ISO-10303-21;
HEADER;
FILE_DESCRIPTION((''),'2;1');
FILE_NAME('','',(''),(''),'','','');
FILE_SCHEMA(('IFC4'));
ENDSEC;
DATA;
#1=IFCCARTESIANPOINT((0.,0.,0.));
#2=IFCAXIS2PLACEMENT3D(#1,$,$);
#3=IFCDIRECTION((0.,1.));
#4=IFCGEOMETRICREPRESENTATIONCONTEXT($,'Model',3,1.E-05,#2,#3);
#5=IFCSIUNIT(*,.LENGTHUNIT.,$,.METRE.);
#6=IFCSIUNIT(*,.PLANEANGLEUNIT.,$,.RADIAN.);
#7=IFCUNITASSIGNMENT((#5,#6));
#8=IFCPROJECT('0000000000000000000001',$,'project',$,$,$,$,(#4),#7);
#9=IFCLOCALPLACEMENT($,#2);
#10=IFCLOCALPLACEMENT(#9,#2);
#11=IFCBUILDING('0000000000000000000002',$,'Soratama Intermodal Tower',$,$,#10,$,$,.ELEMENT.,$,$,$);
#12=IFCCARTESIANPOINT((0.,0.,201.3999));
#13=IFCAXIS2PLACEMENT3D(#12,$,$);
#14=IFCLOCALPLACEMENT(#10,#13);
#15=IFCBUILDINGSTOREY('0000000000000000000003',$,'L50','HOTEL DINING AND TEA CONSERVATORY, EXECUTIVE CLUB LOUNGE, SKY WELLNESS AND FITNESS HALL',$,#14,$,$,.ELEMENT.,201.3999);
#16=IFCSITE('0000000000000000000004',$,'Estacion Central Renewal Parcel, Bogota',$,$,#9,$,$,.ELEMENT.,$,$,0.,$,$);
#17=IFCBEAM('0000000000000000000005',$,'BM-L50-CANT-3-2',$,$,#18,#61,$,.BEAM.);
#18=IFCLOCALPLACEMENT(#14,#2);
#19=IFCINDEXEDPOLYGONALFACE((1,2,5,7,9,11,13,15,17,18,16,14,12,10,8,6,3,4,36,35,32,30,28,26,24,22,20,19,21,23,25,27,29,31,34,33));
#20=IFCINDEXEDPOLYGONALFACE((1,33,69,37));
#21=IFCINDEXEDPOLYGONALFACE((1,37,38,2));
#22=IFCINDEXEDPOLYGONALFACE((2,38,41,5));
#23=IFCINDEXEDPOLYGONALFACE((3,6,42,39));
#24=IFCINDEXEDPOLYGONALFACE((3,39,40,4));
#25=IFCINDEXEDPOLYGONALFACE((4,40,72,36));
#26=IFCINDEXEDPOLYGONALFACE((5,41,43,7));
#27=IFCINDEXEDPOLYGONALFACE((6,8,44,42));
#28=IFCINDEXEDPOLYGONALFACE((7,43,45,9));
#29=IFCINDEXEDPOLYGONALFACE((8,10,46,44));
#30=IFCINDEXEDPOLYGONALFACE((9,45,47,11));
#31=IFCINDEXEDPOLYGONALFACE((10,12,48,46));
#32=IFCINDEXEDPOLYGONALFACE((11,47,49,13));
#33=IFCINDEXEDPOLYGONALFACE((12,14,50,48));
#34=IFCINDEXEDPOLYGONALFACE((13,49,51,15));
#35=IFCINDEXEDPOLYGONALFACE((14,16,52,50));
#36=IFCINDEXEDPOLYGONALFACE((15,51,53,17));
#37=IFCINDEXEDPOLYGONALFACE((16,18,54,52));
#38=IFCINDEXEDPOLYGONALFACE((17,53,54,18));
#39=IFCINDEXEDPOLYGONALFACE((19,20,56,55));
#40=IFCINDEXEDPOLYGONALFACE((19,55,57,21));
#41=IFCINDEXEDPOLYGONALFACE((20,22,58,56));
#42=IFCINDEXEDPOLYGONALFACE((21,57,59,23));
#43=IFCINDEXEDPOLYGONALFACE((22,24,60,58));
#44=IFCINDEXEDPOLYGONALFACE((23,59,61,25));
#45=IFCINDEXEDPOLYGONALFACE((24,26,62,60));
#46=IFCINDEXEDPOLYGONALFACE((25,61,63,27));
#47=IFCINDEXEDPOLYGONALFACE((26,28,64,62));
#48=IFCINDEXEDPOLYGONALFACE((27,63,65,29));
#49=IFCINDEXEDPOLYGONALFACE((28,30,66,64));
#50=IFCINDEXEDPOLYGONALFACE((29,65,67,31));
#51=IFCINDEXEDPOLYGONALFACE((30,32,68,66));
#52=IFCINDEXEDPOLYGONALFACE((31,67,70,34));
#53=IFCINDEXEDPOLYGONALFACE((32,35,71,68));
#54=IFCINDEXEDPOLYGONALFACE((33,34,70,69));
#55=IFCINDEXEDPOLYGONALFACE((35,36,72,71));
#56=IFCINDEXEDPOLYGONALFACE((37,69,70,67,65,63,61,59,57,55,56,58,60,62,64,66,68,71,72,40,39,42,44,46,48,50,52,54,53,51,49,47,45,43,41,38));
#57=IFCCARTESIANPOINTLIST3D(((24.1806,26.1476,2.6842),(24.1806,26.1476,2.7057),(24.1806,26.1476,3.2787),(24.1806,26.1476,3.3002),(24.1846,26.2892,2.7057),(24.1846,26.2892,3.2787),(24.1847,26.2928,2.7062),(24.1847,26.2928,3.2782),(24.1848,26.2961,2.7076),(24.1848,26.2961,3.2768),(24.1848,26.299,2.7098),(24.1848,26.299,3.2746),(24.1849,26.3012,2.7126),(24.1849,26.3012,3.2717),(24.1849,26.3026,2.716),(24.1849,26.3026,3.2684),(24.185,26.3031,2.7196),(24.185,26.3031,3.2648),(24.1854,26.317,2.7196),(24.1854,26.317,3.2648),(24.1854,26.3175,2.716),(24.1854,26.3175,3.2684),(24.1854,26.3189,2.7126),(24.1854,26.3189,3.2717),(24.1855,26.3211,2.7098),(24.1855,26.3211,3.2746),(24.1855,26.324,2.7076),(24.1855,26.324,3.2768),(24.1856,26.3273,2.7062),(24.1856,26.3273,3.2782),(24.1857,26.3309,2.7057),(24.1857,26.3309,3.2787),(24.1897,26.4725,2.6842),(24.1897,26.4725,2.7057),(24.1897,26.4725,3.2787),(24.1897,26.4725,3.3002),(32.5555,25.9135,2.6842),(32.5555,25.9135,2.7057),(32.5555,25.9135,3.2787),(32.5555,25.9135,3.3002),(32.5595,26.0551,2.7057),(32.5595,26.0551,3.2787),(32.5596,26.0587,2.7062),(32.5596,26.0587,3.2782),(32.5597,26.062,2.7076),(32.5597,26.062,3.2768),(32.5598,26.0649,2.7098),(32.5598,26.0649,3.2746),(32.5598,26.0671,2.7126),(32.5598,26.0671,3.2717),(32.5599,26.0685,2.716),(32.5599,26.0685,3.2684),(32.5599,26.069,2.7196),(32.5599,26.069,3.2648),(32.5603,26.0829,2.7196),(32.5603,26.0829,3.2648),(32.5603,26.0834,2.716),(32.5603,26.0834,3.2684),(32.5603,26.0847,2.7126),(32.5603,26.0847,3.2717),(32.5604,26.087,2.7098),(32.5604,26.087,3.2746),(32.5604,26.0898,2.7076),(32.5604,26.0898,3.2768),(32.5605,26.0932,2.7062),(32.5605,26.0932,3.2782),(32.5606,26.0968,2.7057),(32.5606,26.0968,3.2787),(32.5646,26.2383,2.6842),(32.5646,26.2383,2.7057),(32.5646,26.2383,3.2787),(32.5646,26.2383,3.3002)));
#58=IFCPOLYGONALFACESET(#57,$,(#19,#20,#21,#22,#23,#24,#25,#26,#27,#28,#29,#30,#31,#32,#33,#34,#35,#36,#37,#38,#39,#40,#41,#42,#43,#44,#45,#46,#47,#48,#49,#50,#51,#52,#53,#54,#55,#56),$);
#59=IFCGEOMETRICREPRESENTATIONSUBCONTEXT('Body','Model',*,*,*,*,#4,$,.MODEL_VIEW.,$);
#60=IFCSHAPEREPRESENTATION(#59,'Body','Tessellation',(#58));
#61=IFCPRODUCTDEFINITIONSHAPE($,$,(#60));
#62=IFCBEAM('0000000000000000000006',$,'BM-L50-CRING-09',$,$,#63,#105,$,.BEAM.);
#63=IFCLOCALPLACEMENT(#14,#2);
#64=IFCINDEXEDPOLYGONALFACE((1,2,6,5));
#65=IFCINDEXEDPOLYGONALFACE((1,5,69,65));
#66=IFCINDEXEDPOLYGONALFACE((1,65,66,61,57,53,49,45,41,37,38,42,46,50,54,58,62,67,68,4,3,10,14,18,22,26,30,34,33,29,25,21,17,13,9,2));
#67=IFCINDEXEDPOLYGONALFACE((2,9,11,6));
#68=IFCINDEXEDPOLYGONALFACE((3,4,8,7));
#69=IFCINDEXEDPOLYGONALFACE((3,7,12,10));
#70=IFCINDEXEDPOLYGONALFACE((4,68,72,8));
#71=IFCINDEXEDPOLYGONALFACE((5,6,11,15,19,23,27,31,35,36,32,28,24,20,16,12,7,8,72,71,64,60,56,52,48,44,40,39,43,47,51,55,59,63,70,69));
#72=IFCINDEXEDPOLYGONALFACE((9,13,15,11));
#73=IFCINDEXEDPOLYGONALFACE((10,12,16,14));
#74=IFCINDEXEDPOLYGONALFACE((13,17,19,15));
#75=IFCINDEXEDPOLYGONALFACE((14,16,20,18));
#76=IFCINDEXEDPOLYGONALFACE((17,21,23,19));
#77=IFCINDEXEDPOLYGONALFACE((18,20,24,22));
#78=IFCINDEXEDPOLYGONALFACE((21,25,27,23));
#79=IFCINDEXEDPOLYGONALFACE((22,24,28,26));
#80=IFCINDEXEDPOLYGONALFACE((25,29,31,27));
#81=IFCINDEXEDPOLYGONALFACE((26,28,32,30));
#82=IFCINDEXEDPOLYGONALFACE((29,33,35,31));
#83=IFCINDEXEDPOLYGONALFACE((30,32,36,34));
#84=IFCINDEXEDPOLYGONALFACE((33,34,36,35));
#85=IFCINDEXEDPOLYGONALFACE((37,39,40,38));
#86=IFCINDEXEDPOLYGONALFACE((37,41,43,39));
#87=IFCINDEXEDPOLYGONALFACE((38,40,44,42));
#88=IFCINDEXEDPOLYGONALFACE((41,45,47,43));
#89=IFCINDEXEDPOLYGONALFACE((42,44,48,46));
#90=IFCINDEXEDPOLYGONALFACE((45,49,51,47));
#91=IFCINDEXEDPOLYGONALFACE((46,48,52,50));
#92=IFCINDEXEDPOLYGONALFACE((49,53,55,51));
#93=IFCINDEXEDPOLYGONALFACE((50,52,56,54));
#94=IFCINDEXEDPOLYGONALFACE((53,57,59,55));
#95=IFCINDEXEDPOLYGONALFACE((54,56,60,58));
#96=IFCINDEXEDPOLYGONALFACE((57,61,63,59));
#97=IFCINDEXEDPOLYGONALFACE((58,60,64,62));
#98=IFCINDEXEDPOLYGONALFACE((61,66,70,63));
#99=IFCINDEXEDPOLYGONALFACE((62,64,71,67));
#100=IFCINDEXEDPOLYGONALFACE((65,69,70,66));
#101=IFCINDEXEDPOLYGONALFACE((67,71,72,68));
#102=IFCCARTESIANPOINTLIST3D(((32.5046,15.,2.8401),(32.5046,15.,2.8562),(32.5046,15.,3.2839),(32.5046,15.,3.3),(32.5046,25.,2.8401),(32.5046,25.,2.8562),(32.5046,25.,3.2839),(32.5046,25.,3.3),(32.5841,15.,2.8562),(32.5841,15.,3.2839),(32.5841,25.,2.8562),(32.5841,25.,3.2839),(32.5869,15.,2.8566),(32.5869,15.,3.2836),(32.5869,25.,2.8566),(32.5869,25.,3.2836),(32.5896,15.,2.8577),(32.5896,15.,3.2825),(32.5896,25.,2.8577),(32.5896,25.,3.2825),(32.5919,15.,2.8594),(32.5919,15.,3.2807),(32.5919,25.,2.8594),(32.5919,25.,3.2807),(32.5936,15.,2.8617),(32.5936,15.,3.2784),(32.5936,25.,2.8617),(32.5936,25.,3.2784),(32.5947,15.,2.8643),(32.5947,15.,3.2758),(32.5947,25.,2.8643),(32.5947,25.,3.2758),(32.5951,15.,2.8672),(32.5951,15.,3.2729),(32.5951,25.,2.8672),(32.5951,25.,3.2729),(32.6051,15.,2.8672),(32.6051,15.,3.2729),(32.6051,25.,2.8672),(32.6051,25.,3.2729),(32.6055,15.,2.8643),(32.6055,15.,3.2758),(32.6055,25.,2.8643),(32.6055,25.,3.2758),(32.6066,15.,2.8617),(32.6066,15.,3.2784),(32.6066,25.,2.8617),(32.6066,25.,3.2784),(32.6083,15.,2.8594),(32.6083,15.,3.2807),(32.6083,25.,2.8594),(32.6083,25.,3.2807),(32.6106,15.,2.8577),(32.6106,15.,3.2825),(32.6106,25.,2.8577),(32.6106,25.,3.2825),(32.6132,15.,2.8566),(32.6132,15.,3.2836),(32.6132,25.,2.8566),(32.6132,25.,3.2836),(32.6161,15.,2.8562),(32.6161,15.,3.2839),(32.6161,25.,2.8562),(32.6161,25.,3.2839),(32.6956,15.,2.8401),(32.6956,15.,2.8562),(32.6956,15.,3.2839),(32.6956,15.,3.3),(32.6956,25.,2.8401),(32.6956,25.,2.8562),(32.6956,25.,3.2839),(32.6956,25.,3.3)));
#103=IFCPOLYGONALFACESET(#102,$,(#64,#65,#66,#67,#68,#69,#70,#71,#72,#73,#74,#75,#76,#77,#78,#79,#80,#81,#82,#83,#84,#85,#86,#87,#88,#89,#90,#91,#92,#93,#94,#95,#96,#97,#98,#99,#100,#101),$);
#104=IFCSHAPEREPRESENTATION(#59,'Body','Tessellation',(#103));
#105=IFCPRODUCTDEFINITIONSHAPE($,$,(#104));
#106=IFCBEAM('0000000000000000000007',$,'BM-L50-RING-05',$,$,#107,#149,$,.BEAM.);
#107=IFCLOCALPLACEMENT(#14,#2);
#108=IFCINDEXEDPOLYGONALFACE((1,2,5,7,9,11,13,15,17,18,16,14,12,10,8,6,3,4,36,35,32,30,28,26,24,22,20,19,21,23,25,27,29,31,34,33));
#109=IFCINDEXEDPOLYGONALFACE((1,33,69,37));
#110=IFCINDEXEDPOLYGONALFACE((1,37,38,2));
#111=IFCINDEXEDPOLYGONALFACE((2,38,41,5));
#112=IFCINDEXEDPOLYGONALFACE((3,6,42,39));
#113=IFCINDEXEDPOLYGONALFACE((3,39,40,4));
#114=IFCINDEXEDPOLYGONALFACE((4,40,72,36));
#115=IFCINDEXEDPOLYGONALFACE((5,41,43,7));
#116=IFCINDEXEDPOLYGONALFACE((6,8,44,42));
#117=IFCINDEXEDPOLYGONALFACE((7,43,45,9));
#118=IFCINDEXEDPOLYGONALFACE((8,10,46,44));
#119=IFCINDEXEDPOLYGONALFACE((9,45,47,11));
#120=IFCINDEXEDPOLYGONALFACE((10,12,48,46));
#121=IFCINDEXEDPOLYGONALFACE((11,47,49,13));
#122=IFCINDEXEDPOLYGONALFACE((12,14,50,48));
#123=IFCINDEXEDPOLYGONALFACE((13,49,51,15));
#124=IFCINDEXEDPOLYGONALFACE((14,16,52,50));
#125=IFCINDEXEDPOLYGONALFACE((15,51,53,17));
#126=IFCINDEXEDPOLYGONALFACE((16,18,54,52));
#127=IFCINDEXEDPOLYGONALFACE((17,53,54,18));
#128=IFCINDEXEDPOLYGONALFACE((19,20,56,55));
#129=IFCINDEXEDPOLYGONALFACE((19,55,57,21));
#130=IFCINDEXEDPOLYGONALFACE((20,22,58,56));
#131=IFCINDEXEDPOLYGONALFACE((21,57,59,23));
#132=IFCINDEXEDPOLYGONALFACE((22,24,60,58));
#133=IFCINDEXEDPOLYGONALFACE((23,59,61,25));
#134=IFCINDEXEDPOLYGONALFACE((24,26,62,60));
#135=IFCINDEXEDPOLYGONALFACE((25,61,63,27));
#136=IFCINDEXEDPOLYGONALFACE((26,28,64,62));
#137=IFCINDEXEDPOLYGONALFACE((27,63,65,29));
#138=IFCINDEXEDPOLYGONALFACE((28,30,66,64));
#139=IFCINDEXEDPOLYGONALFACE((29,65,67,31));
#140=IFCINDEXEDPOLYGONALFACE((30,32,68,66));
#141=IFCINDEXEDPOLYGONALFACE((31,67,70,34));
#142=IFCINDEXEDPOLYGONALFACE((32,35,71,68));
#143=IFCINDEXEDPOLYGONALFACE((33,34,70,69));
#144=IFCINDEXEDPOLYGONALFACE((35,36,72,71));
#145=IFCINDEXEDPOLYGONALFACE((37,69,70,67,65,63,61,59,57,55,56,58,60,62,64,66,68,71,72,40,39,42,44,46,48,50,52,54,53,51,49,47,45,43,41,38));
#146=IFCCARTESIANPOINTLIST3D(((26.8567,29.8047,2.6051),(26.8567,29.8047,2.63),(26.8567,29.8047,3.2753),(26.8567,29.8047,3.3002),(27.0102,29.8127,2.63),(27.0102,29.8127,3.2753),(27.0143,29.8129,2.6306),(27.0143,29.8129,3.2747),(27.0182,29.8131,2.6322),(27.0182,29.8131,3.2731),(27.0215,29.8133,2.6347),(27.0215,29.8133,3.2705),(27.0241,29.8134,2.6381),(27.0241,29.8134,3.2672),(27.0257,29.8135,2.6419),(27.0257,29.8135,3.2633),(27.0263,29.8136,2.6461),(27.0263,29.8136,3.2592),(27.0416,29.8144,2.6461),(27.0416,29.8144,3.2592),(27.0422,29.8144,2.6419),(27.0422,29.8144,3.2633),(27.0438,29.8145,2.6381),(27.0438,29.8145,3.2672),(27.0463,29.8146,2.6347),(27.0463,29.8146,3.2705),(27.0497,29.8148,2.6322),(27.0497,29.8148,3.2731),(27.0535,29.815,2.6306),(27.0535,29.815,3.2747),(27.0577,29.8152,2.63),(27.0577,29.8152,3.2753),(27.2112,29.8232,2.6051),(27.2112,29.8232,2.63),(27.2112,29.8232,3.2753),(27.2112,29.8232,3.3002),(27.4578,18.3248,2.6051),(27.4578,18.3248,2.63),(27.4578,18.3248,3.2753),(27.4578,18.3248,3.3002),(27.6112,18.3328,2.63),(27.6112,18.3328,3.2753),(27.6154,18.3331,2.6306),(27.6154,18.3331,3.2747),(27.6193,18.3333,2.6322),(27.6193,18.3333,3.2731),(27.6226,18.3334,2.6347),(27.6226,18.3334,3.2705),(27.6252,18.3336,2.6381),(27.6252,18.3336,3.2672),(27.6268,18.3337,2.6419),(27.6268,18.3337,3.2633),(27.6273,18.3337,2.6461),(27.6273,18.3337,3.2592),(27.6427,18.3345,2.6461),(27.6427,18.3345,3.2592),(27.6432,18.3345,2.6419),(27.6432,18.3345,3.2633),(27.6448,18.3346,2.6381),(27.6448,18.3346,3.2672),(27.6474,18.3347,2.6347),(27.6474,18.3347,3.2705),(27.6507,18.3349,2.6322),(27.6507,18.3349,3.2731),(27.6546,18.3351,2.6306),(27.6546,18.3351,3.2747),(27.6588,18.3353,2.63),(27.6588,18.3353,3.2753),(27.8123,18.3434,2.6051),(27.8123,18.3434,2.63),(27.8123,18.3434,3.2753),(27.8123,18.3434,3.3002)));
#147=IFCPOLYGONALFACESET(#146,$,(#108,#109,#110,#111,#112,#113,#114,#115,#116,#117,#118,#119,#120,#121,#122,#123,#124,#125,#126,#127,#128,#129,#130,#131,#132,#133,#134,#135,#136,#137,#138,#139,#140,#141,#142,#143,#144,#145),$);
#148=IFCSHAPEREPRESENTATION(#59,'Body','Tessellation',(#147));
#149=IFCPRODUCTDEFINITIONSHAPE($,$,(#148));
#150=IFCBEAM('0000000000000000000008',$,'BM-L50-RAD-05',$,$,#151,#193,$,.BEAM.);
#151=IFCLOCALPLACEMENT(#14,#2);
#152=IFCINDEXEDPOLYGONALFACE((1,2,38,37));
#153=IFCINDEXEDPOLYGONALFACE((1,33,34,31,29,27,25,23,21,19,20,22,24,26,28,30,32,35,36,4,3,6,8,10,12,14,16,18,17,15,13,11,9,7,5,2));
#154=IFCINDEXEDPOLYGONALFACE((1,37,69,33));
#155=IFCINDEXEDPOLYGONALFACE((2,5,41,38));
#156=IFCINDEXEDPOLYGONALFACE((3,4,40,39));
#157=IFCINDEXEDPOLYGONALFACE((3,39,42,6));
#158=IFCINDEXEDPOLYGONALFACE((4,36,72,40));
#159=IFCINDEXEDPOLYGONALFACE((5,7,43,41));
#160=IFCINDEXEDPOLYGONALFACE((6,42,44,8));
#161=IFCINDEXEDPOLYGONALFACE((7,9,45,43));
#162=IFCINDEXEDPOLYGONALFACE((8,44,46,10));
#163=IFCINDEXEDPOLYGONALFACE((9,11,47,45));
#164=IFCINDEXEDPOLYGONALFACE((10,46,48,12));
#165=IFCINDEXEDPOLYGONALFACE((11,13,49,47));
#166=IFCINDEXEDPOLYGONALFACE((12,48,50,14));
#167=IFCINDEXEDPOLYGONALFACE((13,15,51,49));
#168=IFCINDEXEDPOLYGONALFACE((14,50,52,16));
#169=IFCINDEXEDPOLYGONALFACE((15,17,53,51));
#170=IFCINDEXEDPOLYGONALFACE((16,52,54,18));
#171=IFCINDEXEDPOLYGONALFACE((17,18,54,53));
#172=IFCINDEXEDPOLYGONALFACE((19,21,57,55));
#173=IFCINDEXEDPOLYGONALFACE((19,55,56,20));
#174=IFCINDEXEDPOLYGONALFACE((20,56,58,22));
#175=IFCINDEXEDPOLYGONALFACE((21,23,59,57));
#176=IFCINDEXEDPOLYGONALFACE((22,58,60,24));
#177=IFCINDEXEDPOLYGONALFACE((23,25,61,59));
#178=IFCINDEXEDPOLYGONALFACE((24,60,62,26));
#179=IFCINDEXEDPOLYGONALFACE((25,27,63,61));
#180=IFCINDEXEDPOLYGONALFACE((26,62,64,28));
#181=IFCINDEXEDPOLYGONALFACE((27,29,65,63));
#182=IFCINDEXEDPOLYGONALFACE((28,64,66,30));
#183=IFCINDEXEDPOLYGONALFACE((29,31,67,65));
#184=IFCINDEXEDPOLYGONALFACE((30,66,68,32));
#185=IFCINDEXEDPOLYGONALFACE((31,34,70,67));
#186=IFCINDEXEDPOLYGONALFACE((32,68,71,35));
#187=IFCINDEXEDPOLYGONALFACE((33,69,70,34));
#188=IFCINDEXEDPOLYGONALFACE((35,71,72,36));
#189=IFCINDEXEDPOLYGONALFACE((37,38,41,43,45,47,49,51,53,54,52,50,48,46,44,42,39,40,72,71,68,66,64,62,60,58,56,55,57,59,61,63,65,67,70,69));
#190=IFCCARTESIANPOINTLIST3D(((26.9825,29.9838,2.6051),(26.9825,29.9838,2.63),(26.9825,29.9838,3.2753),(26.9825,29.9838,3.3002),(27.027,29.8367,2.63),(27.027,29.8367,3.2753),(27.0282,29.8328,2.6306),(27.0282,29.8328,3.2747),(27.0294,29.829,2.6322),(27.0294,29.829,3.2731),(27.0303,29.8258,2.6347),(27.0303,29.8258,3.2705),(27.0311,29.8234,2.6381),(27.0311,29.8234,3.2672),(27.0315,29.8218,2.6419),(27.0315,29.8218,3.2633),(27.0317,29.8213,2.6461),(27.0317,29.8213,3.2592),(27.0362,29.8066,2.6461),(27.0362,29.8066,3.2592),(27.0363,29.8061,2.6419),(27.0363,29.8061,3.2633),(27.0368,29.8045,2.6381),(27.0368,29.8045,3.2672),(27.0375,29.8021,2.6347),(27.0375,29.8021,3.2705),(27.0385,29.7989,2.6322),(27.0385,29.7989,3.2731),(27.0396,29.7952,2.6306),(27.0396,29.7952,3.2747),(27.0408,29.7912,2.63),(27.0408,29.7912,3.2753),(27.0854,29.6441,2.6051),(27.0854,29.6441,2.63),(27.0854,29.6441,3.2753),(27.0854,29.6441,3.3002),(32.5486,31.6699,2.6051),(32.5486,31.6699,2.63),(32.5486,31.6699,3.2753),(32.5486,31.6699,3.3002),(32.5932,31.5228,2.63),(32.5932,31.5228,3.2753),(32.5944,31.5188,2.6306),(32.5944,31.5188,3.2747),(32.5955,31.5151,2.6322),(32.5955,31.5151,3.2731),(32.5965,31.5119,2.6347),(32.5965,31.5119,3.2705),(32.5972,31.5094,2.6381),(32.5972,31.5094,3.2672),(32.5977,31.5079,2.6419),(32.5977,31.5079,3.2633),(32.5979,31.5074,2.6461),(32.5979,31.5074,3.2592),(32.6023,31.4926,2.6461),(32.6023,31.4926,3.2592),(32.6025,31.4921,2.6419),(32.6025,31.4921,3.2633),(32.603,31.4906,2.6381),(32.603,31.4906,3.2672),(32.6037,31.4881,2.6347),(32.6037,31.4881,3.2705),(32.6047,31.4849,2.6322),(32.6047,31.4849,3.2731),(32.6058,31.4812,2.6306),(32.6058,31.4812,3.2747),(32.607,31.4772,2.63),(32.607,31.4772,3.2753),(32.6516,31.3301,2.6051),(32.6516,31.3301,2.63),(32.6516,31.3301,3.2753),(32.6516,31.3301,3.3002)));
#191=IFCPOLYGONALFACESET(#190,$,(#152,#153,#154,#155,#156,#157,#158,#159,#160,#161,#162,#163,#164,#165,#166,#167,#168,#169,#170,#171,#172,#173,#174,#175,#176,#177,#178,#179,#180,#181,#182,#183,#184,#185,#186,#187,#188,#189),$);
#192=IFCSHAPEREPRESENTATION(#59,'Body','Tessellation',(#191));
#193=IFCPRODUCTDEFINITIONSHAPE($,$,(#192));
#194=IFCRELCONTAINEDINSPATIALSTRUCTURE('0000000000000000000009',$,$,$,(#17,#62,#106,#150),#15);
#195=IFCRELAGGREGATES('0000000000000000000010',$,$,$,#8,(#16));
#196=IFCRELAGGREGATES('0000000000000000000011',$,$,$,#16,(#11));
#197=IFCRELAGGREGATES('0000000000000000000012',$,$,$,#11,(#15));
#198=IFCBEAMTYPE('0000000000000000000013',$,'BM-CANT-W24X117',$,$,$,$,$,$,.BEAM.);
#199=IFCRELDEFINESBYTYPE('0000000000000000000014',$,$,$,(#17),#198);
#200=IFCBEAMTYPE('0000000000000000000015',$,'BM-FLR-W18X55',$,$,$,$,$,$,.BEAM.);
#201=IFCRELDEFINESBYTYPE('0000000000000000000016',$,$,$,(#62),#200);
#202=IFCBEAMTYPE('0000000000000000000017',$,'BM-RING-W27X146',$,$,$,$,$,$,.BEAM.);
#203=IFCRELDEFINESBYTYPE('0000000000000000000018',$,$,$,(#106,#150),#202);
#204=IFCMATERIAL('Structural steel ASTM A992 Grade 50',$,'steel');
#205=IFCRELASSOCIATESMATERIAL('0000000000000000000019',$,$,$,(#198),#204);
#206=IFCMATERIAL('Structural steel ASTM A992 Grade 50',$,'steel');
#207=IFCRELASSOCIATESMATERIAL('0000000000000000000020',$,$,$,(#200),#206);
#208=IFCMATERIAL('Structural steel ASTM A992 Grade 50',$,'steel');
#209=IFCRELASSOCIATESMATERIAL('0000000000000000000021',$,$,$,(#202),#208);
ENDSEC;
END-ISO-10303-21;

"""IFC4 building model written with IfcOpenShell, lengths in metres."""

from ifc_helpers import new_model, si_unit, direction, frame, origin, origin_2d, place, context, subcontext, project, spatial, i_section, extrude, material, material_profile, profile_set, type_object, element, save


model = new_model("IFC4")

# Units and contexts
model_context = context("Model", 3, precision=1e-05, world=origin(), true_north=direction((0.0, 1.0)))
body_context = subcontext(model_context, "Body", "Model", "MODEL_VIEW")
ifc_project = project(units=[si_unit("LENGTHUNIT", "METRE"), si_unit("PLANEANGLEUNIT", "RADIAN")], contexts=[model_context])

# Site, building, storey
site_placement = place(None, origin())
site = spatial("IfcSite", under=ifc_project, at=site_placement, Name="Estacion Central Renewal Parcel, Bogota", CompositionType="ELEMENT", RefElevation=0.0)
building_placement = place(site_placement, origin())
building = spatial("IfcBuilding", under=site, at=building_placement, Name="Soratama Intermodal Tower", CompositionType="ELEMENT")
storey_placement = place(building_placement, frame((0.0, 0.0, 201.3999)))
storey = spatial("IfcBuildingStorey", under=building, at=storey_placement, Name="L50", Description="HOTEL DINING AND TEA CONSERVATORY, EXECUTIVE CLUB LOUNGE, SKY WELLNESS AND FITNESS HALL", CompositionType="ELEMENT", Elevation=201.3999)

# Beams
ifc_material_1 = material(Name="Structural steel ASTM A992 Grade 50", Category="steel")
ifc_material_profile_1 = material_profile(ifc_material_1, i_section(OverallWidth=0.325, OverallDepth=0.616, WebThickness=0.0139, FlangeThickness=0.0215, FilletRadius=0.0139, at=origin_2d()), Name="W24X117")
ifc_profile_set_1 = profile_set([ifc_material_profile_1], Name="Structural steel ASTM A992 Grade 50")
beam_type_1 = type_object("IfcBeamType", Name="BM-CANT-W24X117", PredefinedType="BEAM", material=ifc_profile_set_1)
beam_1_placement = place(storey_placement, frame((32.5601, 26.0759, 2.9922), z_axis=(-0.999609, 0.027945, 0.0), x_axis=(-0.027945, -0.999609, 0.0)))
element("IfcBeam", 1, at=beam_1_placement, inside=storey, type_object=beam_type_1, Name="BM-L50-CANT-3-2", PredefinedType="BEAM", context=body_context, shape_type="SweptSolid", body=[
    extrude(i_section(OverallWidth=0.325, OverallDepth=0.616, WebThickness=0.0139, FlangeThickness=0.0215, FilletRadius=0.0139, at=origin_2d()), origin(), (0.0, 0.0, 1.0), 8.3782),
])
ifc_material_2 = material(Name="Structural steel ASTM A992 Grade 50", Category="steel")
ifc_material_profile_2 = material_profile(ifc_material_2, i_section(OverallWidth=0.1909, OverallDepth=0.46, WebThickness=0.01, FlangeThickness=0.0161, FilletRadius=0.011, at=origin_2d()), Name="W18X55")
ifc_profile_set_2 = profile_set([ifc_material_profile_2], Name="Structural steel ASTM A992 Grade 50")
beam_type_2 = type_object("IfcBeamType", Name="BM-FLR-W18X55", PredefinedType="BEAM", material=ifc_profile_set_2)
beam_2_placement = place(storey_placement, frame((32.6001, 25.0, 3.0701), z_axis=(0.0, -1.0, 0.0), x_axis=(1.0, 0.0, 0.0)))
element("IfcBeam", 2, at=beam_2_placement, inside=storey, type_object=beam_type_2, Name="BM-L50-CRING-09", PredefinedType="BEAM", context=body_context, shape_type="SweptSolid", body=[
    extrude(i_section(OverallWidth=0.1909, OverallDepth=0.46, WebThickness=0.01, FlangeThickness=0.0161, FilletRadius=0.011, at=origin_2d()), origin(), (0.0, 0.0, 1.0), 10.0),
])
ifc_material_3 = material(Name="Structural steel ASTM A992 Grade 50", Category="steel")
ifc_material_profile_3 = material_profile(ifc_material_3, i_section(OverallWidth=0.355, OverallDepth=0.6951, WebThickness=0.0154, FlangeThickness=0.0249, FilletRadius=0.0161, at=origin_2d()), Name="W27X146")
ifc_profile_set_3 = profile_set([ifc_material_profile_3], Name="Structural steel ASTM A992 Grade 50")
beam_type_3 = type_object("IfcBeamType", Name="BM-RING-W27X146", PredefinedType="BEAM", material=ifc_profile_set_3)
beam_3_placement = place(storey_placement, frame((27.0339, 29.814, 2.9526), z_axis=(0.052287, -0.998632, 0.0), x_axis=(0.998632, 0.052287, 0.0)))
element("IfcBeam", 3, at=beam_3_placement, inside=storey, type_object=beam_type_3, Name="BM-L50-RING-05", PredefinedType="BEAM", context=body_context, shape_type="SweptSolid", body=[
    extrude(i_section(OverallWidth=0.355, OverallDepth=0.6951, WebThickness=0.0154, FlangeThickness=0.0249, FilletRadius=0.0161, at=origin_2d()), origin(), (0.0, 0.0, 1.0), 11.4956),
])
beam_4_placement = place(storey_placement, frame((32.6001, 31.5, 2.9526), z_axis=(-0.957057, -0.2899, 0.0), x_axis=(0.2899, -0.957057, 0.0)))
element("IfcBeam", 4, at=beam_4_placement, inside=storey, type_object=beam_type_3, Name="BM-L50-RAD-05", PredefinedType="BEAM", context=body_context, shape_type="SweptSolid", body=[
    extrude(i_section(OverallWidth=0.355, OverallDepth=0.6951, WebThickness=0.0154, FlangeThickness=0.0249, FilletRadius=0.0161, at=origin_2d()), origin(), (0.0, 0.0, 1.0), 5.8159),
])

save(model, "model.ifc")
